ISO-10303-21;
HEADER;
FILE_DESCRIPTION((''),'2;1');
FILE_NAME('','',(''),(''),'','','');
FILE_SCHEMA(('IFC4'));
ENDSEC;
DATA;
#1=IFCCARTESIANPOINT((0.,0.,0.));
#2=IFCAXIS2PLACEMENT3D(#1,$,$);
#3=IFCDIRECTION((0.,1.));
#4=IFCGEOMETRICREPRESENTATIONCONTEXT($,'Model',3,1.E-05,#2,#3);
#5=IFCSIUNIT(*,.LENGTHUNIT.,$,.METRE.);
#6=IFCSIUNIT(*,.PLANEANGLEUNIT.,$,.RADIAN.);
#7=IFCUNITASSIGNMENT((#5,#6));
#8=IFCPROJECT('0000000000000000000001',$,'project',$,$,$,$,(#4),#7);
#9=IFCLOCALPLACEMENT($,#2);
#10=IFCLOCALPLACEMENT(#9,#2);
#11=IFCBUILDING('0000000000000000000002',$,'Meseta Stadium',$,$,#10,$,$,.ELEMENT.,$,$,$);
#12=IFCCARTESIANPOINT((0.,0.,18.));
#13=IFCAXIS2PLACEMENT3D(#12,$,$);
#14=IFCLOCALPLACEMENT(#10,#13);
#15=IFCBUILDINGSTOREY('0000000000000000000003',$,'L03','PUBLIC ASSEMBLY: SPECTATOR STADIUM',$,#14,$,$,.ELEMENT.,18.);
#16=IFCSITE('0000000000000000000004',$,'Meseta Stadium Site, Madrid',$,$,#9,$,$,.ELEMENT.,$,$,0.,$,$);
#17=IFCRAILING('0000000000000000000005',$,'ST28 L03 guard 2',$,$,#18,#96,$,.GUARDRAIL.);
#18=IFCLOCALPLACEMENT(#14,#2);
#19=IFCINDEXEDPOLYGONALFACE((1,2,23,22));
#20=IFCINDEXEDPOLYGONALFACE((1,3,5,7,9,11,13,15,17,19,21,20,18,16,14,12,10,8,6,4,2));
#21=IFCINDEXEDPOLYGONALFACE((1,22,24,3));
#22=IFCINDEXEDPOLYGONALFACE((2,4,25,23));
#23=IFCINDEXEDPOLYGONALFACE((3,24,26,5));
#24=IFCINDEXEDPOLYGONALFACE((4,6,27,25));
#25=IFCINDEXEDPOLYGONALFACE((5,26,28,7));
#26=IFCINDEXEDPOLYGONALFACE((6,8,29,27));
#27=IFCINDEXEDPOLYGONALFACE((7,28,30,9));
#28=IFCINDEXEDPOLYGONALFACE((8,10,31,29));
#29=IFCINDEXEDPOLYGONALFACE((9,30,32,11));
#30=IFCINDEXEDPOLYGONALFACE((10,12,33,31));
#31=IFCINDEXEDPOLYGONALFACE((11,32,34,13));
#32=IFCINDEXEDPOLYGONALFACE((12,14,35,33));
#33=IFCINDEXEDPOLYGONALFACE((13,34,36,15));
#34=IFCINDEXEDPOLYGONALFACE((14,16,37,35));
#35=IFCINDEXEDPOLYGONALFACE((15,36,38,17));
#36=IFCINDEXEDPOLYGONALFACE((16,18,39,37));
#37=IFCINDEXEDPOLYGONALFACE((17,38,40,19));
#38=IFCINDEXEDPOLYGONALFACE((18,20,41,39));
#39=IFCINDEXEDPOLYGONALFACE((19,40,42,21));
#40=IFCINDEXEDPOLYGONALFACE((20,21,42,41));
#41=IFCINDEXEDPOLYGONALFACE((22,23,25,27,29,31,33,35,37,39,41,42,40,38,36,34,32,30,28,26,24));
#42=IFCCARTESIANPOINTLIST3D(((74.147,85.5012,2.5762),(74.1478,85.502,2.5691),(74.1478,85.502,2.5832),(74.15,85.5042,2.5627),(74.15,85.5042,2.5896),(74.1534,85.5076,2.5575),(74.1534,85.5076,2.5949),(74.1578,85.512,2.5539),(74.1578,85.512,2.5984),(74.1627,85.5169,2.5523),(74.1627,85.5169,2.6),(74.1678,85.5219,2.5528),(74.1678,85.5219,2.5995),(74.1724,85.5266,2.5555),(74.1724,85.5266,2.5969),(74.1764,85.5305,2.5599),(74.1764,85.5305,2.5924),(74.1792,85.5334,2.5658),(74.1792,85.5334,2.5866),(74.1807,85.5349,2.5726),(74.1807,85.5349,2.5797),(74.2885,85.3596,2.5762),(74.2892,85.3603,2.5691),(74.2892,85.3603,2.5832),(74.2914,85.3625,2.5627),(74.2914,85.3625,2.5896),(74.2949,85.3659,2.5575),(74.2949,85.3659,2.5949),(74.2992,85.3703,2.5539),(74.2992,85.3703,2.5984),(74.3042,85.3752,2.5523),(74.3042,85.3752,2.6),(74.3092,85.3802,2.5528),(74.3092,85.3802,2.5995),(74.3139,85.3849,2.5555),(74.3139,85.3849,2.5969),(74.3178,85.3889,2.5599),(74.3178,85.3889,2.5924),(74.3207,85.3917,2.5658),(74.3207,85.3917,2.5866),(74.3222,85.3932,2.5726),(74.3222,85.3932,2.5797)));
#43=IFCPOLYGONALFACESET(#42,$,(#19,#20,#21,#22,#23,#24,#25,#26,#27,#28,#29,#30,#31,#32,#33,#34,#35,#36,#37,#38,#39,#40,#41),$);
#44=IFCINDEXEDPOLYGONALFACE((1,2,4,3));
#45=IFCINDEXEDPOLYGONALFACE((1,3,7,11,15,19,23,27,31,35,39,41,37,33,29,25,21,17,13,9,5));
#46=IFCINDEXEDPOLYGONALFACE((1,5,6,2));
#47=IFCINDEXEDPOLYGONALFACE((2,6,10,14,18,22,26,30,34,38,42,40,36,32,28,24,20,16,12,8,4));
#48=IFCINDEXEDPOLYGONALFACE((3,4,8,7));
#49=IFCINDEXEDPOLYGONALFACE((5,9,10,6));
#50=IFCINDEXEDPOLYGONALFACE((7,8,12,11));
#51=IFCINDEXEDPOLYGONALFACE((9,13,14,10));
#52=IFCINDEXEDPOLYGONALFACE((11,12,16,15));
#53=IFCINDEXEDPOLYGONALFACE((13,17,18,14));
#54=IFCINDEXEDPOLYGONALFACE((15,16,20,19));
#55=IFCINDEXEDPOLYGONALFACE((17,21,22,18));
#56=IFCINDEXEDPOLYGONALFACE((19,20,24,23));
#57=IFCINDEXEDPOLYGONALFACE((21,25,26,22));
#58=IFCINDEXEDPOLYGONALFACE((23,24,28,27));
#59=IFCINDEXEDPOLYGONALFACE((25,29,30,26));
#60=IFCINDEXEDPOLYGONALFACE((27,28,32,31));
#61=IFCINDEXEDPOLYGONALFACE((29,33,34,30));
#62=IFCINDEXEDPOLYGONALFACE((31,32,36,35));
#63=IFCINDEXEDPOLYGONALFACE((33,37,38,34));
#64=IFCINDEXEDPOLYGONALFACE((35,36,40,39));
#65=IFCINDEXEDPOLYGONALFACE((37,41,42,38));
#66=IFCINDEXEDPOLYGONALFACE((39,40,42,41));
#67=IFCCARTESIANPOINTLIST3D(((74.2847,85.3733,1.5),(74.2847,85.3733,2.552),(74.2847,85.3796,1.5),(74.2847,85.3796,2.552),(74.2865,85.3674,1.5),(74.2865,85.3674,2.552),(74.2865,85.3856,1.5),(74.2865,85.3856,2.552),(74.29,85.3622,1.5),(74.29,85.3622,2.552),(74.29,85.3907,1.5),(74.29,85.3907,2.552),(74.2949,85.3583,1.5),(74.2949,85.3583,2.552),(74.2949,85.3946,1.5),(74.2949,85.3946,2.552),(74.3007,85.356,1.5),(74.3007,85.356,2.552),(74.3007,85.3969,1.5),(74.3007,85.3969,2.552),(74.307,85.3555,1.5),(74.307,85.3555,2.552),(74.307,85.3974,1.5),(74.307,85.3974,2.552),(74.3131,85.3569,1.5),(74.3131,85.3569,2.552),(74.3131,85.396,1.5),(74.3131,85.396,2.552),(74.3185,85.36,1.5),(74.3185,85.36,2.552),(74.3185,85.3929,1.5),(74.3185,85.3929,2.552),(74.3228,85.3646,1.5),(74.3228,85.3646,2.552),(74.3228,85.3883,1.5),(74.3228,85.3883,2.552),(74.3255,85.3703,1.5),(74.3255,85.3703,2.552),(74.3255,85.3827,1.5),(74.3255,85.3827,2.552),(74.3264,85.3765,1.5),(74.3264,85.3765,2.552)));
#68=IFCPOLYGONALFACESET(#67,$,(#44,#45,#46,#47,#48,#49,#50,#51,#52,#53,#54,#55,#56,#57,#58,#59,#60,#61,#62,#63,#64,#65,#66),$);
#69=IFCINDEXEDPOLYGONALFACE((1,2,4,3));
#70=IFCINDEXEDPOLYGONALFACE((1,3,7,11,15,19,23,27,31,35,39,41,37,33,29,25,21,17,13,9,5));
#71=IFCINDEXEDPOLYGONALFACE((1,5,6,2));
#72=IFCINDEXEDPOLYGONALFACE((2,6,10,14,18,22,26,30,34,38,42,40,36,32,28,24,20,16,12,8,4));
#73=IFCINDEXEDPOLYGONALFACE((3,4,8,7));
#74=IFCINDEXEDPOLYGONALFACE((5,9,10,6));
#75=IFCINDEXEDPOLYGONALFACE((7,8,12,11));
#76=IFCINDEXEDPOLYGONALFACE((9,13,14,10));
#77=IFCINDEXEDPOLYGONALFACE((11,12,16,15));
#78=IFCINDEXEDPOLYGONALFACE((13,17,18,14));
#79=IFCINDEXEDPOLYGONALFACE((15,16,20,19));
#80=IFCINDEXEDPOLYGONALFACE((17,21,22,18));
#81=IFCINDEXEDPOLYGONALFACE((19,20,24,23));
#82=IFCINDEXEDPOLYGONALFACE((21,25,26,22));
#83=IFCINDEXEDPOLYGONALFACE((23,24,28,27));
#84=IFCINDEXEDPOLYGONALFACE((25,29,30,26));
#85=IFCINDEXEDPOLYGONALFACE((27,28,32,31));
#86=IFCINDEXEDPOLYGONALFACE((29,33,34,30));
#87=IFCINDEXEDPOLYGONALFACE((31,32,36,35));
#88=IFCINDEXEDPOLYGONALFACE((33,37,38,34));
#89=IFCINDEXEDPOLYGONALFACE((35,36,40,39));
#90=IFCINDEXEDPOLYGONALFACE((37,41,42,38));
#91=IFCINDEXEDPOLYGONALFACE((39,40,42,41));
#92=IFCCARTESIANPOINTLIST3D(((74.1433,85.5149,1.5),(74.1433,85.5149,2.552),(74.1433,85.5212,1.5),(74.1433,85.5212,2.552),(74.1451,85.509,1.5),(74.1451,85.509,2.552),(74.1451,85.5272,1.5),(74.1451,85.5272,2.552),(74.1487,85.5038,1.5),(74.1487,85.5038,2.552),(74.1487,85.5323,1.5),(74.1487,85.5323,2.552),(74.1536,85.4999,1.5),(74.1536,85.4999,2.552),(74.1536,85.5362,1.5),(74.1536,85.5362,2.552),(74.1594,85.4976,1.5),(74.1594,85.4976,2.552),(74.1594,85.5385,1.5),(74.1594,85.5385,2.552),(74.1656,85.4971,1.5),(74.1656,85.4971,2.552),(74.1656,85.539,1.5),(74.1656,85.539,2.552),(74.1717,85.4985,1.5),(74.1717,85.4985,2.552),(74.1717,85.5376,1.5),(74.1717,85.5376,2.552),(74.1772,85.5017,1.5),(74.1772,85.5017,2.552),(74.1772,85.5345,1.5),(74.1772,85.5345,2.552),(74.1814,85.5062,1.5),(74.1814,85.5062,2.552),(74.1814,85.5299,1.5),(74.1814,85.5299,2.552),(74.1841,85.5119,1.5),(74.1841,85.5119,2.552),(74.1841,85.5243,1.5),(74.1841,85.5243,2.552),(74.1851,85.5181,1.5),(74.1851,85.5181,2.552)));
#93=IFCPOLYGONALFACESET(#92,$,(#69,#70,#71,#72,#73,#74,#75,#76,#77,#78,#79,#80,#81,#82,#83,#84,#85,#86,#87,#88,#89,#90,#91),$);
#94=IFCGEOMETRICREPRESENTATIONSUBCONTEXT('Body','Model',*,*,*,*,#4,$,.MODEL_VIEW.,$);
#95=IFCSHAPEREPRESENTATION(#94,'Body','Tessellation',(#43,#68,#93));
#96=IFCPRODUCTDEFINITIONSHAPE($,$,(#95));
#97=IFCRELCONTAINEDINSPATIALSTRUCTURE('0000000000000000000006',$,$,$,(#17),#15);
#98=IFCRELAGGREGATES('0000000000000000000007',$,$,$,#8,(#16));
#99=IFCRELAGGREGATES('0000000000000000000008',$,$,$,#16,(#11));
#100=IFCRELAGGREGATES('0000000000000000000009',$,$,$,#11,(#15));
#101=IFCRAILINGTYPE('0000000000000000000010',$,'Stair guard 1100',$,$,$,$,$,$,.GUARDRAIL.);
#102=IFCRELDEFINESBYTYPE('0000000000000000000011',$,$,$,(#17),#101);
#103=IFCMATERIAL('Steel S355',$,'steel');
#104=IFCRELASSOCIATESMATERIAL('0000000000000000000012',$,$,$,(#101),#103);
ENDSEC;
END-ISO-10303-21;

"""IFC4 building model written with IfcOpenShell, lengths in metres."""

from ifc_helpers import new_model, si_unit, direction, frame, origin, origin_2d, place, context, subcontext, project, spatial, circle, extrude, material, type_object, element, save


model = new_model("IFC4")

# Units and contexts
model_context = context("Model", 3, precision=1e-05, world=origin(), true_north=direction((0.0, 1.0)))
body_context = subcontext(model_context, "Body", "Model", "MODEL_VIEW")
ifc_project = project(units=[si_unit("LENGTHUNIT", "METRE"), si_unit("PLANEANGLEUNIT", "RADIAN")], contexts=[model_context])

# Site, building, storey
site_placement = place(None, origin())
site = spatial("IfcSite", under=ifc_project, at=site_placement, Name="Meseta Stadium Site, Madrid", CompositionType="ELEMENT", RefElevation=0.0)
building_placement = place(site_placement, origin())
building = spatial("IfcBuilding", under=site, at=building_placement, Name="Meseta Stadium", CompositionType="ELEMENT")
storey_placement = place(building_placement, frame((0.0, 0.0, 18.0)))
storey = spatial("IfcBuildingStorey", under=building, at=storey_placement, Name="L03", Description="PUBLIC ASSEMBLY: SPECTATOR STADIUM", CompositionType="ELEMENT", Elevation=18.0)

# Railing
ifc_material_1 = material(Name="Steel S355", Category="steel")
railing_type_1 = type_object("IfcRailingType", Name="Stair guard 1100", PredefinedType="GUARDRAIL", material=ifc_material_1)
railing_1_placement = place(storey_placement, frame((74.3054, 85.3765, 1.5)))
element("IfcRailing", 1, at=railing_1_placement, inside=storey, type_object=railing_type_1, Name="ST28 L03 guard 2", PredefinedType="GUARDRAIL", context=body_context, shape_type="SweptSolid", body=[
    extrude(circle(Radius=0.0239, at=origin_2d()), frame((0.0, 0.0, 1.0762), z_axis=(-0.706496, 0.707717, 0.0), x_axis=(-0.707717, -0.706496, 0.0)), (0.0, 0.0, 1.0), 0.2002),
    extrude(circle(Radius=0.021, at=origin_2d()), origin(), (0.0, 0.0, 1.0), 1.052),
    extrude(circle(Radius=0.021, at=origin_2d()), frame((-0.1414, 0.1416, 0.0)), (0.0, 0.0, 1.0), 1.052),
])

save(model, "model.ifc")
